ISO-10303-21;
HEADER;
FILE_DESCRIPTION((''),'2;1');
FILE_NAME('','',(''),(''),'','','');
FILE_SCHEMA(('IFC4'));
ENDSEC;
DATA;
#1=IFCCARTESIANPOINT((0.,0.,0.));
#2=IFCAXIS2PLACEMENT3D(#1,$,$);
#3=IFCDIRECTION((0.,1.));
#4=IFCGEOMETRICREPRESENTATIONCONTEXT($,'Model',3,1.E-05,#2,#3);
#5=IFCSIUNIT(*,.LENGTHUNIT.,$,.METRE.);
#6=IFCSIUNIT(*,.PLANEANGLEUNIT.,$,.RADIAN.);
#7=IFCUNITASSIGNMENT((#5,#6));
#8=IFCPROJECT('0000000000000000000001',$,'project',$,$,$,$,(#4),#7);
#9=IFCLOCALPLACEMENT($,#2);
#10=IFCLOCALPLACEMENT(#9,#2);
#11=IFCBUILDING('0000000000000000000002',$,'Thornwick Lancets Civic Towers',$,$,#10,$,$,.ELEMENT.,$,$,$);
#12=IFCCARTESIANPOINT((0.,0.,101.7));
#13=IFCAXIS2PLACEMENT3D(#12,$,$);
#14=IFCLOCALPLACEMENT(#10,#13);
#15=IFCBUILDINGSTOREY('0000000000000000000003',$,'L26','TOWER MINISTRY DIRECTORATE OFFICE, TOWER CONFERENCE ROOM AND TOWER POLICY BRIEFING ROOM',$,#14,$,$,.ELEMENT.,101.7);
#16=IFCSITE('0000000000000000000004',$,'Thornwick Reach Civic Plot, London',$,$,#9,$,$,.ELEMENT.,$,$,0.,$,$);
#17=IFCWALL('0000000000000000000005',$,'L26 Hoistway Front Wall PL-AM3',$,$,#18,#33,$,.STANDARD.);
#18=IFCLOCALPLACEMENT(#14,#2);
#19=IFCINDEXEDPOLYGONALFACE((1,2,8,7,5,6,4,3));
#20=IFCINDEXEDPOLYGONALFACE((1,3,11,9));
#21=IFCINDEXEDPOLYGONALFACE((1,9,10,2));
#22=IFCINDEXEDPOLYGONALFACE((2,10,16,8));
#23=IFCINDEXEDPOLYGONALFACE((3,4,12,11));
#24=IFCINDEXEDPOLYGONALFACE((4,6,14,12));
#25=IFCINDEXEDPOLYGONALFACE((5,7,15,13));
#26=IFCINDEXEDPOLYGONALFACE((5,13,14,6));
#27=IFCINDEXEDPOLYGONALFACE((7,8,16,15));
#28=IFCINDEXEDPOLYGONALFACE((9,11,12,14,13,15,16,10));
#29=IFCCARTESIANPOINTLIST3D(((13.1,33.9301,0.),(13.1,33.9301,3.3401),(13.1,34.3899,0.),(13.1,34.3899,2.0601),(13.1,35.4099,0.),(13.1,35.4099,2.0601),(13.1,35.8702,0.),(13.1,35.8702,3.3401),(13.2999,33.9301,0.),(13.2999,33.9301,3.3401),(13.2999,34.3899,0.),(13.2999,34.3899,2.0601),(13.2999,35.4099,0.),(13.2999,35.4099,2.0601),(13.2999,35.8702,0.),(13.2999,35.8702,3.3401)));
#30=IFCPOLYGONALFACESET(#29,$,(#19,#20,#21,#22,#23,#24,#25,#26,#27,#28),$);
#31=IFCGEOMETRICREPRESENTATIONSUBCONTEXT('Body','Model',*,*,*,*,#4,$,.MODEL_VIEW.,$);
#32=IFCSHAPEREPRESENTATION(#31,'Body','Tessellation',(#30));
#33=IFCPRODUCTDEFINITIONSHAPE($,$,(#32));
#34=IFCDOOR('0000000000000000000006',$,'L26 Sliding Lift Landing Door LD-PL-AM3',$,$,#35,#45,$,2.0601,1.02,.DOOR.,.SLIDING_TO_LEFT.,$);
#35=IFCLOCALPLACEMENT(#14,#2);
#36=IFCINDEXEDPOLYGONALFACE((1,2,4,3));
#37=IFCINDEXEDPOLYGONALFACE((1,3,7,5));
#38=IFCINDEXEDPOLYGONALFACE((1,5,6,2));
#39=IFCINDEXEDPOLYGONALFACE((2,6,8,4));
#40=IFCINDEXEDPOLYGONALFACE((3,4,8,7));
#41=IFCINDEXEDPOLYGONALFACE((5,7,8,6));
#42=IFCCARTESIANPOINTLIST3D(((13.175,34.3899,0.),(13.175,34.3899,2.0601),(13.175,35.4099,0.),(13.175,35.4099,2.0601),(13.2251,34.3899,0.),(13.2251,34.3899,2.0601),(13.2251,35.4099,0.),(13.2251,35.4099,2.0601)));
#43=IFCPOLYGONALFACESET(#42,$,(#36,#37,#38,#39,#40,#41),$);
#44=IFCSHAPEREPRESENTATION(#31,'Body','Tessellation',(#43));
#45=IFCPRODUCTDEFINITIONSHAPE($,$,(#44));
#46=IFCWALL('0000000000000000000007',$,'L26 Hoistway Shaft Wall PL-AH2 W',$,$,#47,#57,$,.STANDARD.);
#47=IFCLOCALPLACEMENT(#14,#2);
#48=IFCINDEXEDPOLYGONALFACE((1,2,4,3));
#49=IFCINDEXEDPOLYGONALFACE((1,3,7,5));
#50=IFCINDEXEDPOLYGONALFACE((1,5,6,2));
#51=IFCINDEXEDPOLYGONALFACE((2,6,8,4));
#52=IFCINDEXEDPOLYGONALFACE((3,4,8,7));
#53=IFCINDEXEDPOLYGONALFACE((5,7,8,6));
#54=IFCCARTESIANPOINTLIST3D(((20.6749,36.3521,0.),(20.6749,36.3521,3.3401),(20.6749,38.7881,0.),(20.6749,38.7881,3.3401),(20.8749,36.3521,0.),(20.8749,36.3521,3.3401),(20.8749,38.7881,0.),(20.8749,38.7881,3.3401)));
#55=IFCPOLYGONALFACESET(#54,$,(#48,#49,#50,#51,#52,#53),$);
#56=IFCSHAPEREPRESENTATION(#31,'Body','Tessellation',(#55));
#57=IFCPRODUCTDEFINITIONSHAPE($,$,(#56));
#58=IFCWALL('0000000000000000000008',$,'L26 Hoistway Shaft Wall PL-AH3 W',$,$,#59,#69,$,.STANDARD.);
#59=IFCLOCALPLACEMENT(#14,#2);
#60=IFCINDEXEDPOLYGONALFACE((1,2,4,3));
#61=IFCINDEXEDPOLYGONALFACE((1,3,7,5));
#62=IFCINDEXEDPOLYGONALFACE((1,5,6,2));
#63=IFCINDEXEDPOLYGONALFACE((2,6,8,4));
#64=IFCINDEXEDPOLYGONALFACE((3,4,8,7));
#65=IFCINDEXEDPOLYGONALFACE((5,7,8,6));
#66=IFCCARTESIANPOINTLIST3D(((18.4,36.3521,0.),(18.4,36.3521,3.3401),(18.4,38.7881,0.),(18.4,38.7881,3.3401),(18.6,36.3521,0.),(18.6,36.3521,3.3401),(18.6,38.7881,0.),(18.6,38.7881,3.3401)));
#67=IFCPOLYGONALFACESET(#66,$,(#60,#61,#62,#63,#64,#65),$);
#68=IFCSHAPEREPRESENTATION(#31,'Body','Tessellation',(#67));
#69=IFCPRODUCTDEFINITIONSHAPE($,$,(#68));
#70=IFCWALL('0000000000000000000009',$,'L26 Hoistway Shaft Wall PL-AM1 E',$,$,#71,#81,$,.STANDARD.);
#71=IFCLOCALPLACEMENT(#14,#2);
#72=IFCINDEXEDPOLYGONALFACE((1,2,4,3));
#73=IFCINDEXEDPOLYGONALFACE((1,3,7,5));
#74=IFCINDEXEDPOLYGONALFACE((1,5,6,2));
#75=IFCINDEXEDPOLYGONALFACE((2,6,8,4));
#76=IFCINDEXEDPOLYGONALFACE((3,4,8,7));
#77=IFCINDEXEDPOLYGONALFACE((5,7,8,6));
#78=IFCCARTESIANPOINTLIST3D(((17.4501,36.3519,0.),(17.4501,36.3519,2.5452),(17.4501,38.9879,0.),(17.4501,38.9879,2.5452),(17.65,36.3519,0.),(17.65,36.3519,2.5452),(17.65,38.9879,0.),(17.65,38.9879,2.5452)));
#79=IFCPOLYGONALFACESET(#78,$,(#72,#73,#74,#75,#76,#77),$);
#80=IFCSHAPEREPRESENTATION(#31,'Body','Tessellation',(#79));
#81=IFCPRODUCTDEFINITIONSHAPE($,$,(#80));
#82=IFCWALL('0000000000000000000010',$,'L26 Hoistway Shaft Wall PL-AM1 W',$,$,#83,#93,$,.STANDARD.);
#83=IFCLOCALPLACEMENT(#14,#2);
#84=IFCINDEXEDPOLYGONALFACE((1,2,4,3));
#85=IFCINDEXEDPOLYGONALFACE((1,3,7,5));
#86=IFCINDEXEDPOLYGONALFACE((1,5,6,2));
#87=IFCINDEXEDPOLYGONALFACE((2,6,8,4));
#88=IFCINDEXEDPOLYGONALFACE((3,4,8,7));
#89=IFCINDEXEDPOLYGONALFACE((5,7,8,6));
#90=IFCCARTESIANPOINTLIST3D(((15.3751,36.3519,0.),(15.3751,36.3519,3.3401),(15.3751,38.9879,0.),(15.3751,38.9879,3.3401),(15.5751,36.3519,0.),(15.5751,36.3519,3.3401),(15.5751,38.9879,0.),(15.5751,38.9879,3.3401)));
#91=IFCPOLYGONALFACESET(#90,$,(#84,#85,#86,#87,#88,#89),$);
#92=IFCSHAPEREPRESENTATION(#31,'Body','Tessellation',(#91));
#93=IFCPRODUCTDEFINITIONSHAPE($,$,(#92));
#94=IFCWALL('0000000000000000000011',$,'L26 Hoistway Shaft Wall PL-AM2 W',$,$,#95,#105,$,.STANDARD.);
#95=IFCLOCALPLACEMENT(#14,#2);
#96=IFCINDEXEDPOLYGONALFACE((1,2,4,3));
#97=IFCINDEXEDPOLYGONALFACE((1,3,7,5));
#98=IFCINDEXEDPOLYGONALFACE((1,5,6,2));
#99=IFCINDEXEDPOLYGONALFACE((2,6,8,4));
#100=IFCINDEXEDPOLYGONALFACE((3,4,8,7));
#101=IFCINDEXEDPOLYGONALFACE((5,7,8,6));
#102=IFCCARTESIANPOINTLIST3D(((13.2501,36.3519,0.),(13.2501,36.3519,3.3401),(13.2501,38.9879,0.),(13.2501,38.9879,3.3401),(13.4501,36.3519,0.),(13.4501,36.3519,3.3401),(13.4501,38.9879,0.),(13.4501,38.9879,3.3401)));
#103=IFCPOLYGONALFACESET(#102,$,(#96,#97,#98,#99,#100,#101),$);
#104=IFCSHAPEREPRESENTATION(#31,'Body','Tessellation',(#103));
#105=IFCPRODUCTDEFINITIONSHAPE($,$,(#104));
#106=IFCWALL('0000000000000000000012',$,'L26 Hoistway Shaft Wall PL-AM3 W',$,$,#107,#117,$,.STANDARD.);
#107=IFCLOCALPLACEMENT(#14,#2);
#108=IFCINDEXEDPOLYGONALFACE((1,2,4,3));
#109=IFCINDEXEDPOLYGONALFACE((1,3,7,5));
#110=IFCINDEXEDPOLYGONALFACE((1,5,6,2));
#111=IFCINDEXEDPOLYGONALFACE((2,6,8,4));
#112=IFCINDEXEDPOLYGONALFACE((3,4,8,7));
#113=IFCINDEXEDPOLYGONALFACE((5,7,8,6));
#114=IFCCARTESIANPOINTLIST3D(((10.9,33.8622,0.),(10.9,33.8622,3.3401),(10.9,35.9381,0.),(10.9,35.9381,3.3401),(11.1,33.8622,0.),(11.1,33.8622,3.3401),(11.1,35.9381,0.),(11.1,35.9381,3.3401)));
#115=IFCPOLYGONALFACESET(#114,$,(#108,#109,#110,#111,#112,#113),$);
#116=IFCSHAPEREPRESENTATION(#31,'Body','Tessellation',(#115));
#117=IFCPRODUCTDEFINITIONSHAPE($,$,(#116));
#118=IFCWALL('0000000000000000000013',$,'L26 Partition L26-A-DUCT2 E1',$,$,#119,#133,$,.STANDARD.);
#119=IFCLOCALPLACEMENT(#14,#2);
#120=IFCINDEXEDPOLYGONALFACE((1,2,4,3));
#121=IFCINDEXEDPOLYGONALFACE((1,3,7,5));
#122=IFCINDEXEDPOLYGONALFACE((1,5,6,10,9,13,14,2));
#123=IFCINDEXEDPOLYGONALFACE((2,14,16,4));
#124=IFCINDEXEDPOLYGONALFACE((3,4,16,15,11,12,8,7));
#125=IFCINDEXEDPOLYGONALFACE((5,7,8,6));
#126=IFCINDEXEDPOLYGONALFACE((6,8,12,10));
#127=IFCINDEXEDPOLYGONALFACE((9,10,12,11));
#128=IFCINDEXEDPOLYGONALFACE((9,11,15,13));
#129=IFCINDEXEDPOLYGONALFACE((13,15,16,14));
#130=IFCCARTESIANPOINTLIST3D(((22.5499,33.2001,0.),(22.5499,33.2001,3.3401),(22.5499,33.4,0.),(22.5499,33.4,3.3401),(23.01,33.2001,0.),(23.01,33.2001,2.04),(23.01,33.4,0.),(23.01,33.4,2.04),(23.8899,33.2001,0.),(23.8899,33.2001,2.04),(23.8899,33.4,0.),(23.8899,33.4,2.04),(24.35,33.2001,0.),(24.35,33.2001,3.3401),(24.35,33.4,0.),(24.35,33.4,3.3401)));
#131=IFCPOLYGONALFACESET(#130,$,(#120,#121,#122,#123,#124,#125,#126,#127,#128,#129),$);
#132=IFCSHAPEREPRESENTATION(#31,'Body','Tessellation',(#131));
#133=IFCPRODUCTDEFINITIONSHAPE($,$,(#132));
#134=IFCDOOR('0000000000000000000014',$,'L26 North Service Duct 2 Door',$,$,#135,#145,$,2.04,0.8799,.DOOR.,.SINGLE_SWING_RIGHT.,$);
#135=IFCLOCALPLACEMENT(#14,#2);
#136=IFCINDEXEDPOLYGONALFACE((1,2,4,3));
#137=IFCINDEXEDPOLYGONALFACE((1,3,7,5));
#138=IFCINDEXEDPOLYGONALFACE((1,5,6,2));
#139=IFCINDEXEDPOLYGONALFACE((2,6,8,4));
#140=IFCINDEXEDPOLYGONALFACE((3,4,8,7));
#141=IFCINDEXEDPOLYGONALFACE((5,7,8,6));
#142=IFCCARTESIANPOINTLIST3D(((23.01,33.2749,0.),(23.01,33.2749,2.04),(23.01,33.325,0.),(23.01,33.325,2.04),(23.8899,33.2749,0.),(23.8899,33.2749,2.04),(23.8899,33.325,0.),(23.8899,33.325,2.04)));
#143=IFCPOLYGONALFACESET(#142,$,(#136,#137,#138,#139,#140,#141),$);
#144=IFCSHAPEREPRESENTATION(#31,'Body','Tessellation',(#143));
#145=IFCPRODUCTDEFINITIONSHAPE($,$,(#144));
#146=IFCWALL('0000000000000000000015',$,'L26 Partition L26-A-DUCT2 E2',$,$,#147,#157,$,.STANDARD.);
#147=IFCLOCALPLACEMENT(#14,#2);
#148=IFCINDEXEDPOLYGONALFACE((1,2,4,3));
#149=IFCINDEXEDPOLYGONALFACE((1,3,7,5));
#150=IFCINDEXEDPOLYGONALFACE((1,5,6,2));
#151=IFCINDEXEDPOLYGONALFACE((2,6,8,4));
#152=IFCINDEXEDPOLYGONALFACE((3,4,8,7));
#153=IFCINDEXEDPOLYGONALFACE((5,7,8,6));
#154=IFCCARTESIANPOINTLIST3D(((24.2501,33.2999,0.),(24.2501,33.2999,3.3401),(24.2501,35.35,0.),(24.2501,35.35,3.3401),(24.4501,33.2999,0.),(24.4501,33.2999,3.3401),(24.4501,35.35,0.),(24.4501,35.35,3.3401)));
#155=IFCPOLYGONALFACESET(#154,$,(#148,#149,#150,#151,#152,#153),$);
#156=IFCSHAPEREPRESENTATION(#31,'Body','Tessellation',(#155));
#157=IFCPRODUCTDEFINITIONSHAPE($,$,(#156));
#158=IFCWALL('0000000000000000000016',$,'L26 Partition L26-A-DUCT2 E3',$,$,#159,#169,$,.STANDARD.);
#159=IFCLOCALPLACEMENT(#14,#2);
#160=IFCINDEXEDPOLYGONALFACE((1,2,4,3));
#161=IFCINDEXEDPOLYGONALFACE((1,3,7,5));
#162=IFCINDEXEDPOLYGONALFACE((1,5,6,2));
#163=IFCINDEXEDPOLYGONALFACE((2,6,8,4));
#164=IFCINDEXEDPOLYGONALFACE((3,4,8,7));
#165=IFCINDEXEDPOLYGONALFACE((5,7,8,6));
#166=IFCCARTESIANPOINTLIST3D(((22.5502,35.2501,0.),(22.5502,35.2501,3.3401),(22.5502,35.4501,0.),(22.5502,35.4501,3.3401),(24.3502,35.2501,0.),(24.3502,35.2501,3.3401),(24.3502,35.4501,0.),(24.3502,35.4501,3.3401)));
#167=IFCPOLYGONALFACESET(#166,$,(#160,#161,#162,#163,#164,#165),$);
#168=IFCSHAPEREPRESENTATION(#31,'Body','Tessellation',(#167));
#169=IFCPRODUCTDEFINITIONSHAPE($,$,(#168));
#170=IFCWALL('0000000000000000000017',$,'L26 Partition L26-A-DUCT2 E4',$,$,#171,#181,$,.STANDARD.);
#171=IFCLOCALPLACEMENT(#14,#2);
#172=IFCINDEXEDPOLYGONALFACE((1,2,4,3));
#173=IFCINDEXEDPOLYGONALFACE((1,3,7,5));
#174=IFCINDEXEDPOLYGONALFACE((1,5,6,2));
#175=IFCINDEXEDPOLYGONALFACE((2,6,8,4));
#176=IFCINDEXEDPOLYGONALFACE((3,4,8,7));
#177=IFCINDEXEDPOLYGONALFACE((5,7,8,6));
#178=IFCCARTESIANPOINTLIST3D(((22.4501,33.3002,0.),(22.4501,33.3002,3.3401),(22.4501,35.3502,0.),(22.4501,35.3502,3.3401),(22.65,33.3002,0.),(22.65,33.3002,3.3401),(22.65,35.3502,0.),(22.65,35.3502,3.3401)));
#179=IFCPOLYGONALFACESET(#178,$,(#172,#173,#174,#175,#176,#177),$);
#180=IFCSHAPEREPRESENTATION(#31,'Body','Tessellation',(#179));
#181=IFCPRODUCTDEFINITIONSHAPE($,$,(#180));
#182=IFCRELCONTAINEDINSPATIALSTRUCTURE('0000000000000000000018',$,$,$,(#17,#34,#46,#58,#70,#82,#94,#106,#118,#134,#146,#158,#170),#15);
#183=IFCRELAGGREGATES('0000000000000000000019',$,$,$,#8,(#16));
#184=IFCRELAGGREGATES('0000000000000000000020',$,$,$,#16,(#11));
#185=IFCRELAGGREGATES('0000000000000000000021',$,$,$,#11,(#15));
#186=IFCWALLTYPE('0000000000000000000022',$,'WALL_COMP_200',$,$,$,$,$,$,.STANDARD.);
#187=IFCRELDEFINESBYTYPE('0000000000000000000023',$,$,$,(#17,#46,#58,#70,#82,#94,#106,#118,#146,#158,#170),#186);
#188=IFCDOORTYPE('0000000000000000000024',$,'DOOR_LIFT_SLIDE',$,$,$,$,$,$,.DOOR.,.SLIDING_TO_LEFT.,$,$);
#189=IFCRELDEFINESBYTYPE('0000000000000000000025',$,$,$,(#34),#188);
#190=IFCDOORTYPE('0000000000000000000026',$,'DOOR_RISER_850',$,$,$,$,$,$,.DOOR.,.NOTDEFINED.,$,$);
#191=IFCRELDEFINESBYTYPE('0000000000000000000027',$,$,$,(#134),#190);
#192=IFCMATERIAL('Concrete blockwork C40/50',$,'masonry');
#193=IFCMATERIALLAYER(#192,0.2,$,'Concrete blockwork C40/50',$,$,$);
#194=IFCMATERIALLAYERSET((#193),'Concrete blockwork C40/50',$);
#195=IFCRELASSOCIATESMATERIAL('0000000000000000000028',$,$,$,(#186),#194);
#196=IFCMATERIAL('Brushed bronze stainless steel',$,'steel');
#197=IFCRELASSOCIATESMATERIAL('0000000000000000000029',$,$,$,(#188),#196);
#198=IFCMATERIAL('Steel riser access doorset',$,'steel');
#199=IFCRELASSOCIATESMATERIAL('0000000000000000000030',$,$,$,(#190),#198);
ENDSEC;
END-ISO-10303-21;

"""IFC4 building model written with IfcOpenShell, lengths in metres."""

from ifc_helpers import new_model, si_unit, direction, frame, frame_2d, origin, place, context, subcontext, project, spatial, rectangle, extrude, material, layer, layer_set, type_object, element, fill, save


model = new_model("IFC4")

# Units and contexts
model_context = context("Model", 3, precision=1e-05, world=origin(), true_north=direction((0.0, 1.0)))
body_context = subcontext(model_context, "Body", "Model", "MODEL_VIEW")
ifc_project = project(units=[si_unit("LENGTHUNIT", "METRE"), si_unit("PLANEANGLEUNIT", "RADIAN")], contexts=[model_context])

# Site, building, storey
site_placement = place(None, origin())
site = spatial("IfcSite", under=ifc_project, at=site_placement, Name="Thornwick Reach Civic Plot, London", CompositionType="ELEMENT", RefElevation=0.0)
building_placement = place(site_placement, origin())
building = spatial("IfcBuilding", under=site, at=building_placement, Name="Thornwick Lancets Civic Towers", CompositionType="ELEMENT")
storey_placement = place(building_placement, frame((0.0, 0.0, 101.7)))
storey = spatial("IfcBuildingStorey", under=building, at=storey_placement, Name="L26", Description="TOWER MINISTRY DIRECTORATE OFFICE, TOWER CONFERENCE ROOM AND TOWER POLICY BRIEFING ROOM", CompositionType="ELEMENT", Elevation=101.7)

# Wall, opening, door
ifc_material_1 = material(Name="Concrete blockwork C40/50", Category="masonry")
ifc_layer_1 = layer(ifc_material_1, 0.2, Name="Concrete blockwork C40/50")
ifc_layer_set_1 = layer_set([ifc_layer_1], Name="Concrete blockwork C40/50")
wall_type_1 = type_object("IfcWallType", Name="WALL_COMP_200", PredefinedType="STANDARD", material=ifc_layer_set_1)
wall_1_placement = place(storey_placement, frame((13.2, 33.9299, 0.0), z_axis=(0.0, 0.0, 1.0), x_axis=(0.0, 1.0, 0.0)))
wall_1 = element("IfcWall", 1, at=wall_1_placement, inside=storey, type_object=wall_type_1, Name="L26 Hoistway Front Wall PL-AM3", PredefinedType="STANDARD", context=body_context, shape_type="SweptSolid", body=[
    extrude(rectangle(XDim=1.9402, YDim=0.2, at=frame_2d((0.9702, 0.0))), origin(), (0.0, 0.0, 1.0), 3.3401),
])
opening_1_placement = place(wall_1_placement, frame((0.46, 0.0, 0.0)))
opening_1 = element("IfcOpeningElement", 2, at=opening_1_placement, cuts=wall_1, PredefinedType="OPENING", context=body_context, shape_type="SweptSolid", body=[
    extrude(rectangle(XDim=1.02, YDim=2.0601, at=frame_2d((0.51, 1.03))), frame((0.0, 0.1099, 0.0), z_axis=(0.0, -1.0, 0.0), x_axis=(1.0, 0.0, 0.0)), (0.0, 0.0, 1.0), 0.22),
])
ifc_material_2 = material(Name="Brushed bronze stainless steel", Category="steel")
door_type_1 = type_object("IfcDoorType", Name="DOOR_LIFT_SLIDE", OperationType="SLIDING_TO_LEFT", PredefinedType="DOOR", material=ifc_material_2)
door_1_placement = place(opening_1_placement, origin())
door_1 = element("IfcDoor", 3, at=door_1_placement, inside=storey, type_object=door_type_1, Name="L26 Sliding Lift Landing Door LD-PL-AM3", OperationType="SLIDING_TO_LEFT", OverallHeight=2.0601, OverallWidth=1.02, PredefinedType="DOOR", context=body_context, shape_type="SweptSolid", body=[
    extrude(rectangle(XDim=1.02, YDim=2.0601, at=frame_2d((0.51, 1.03))), frame((0.0, 0.0249, 0.0), z_axis=(0.0, -1.0, 0.0), x_axis=(1.0, 0.0, 0.0)), (0.0, 0.0, 1.0), 0.05),
])
fill(opening_1, door_1)

# Walls
for number, where, z_axis, x_axis, name in (
    (4, (20.7749, 36.3521, 0.0), (0.0, 0.0, 1.0), (0.0, 1.0, 0.0), "L26 Hoistway Shaft Wall PL-AH2 W"),
    (5, (18.5, 36.3521, 0.0), (0.0, 0.0, 1.0), (0.0, 1.0, 0.0), "L26 Hoistway Shaft Wall PL-AH3 W"),
):
    element("IfcWall", number, at=place(storey_placement, frame(where, z_axis=z_axis, x_axis=x_axis)), inside=storey, type_object=wall_type_1, Name=name, PredefinedType="STANDARD", context=body_context, shape_type="SweptSolid", body=[
        extrude(rectangle(XDim=2.436, YDim=0.2, at=frame_2d((1.218, 0.0))), origin(), (0.0, 0.0, 1.0), 3.3401),
    ])
wall_2_placement = place(storey_placement, frame((17.55, 36.3521, 0.0), z_axis=(0.0, 0.0, 1.0), x_axis=(0.0, 1.0, 0.0)))
element("IfcWall", 6, at=wall_2_placement, inside=storey, type_object=wall_type_1, Name="L26 Hoistway Shaft Wall PL-AM1 E", PredefinedType="STANDARD", context=body_context, shape_type="SweptSolid", body=[
    extrude(rectangle(XDim=2.636, YDim=0.2, at=frame_2d((1.3179, 0.0))), origin(), (0.0, 0.0, 1.0), 2.5452),
])
for number, where, z_axis, x_axis, name in (
    (7, (15.4751, 36.3521, 0.0), (0.0, 0.0, 1.0), (0.0, 1.0, 0.0), "L26 Hoistway Shaft Wall PL-AM1 W"),
    (8, (13.3501, 36.3521, 0.0), (0.0, 0.0, 1.0), (0.0, 1.0, 0.0), "L26 Hoistway Shaft Wall PL-AM2 W"),
):
    element("IfcWall", number, at=place(storey_placement, frame(where, z_axis=z_axis, x_axis=x_axis)), inside=storey, type_object=wall_type_1, Name=name, PredefinedType="STANDARD", context=body_context, shape_type="SweptSolid", body=[
        extrude(rectangle(XDim=2.636, YDim=0.2, at=frame_2d((1.3179, 0.0))), origin(), (0.0, 0.0, 1.0), 3.3401),
    ])
wall_3_placement = place(storey_placement, frame((11.0, 33.8621, 0.0), z_axis=(0.0, 0.0, 1.0), x_axis=(0.0, 1.0, 0.0)))
element("IfcWall", 9, at=wall_3_placement, inside=storey, type_object=wall_type_1, Name="L26 Hoistway Shaft Wall PL-AM3 W", PredefinedType="STANDARD", context=body_context, shape_type="SweptSolid", body=[
    extrude(rectangle(XDim=2.0759, YDim=0.2, at=frame_2d((1.0381, 0.0))), origin(), (0.0, 0.0, 1.0), 3.3401),
])

# Wall, opening, door
wall_4_placement = place(storey_placement, frame((22.55, 33.3, 0.0), z_axis=(0.0, 0.0, 1.0), x_axis=(1.0, 0.0, 0.0)))
wall_4 = element("IfcWall", 10, at=wall_4_placement, inside=storey, type_object=wall_type_1, Name="L26 Partition L26-A-DUCT2 E1", PredefinedType="STANDARD", context=body_context, shape_type="SweptSolid", body=[
    extrude(rectangle(XDim=1.8, YDim=0.2, at=frame_2d((0.8999, 0.0))), origin(), (0.0, 0.0, 1.0), 3.3401),
])
opening_2_placement = place(wall_4_placement, frame((0.46, 0.0, 0.0)))
opening_2 = element("IfcOpeningElement", 11, at=opening_2_placement, cuts=wall_4, PredefinedType="OPENING", context=body_context, shape_type="SweptSolid", body=[
    extrude(rectangle(XDim=0.8799, YDim=2.04, at=frame_2d((0.4399, 1.02))), frame((0.0, 0.1099, 0.0), z_axis=(0.0, -1.0, 0.0), x_axis=(1.0, 0.0, 0.0)), (0.0, 0.0, 1.0), 0.22),
])
ifc_material_3 = material(Name="Steel riser access doorset", Category="steel")
door_type_2 = type_object("IfcDoorType", Name="DOOR_RISER_850", OperationType="NOTDEFINED", PredefinedType="DOOR", material=ifc_material_3)
door_2_placement = place(opening_2_placement, origin())
door_2 = element("IfcDoor", 12, at=door_2_placement, inside=storey, type_object=door_type_2, Name="L26 North Service Duct 2 Door", OperationType="SINGLE_SWING_RIGHT", OverallHeight=2.04, OverallWidth=0.8799, PredefinedType="DOOR", context=body_context, shape_type="SweptSolid", body=[
    extrude(rectangle(XDim=0.8799, YDim=2.04, at=frame_2d((0.4399, 1.02))), frame((0.0, 0.0249, 0.0), z_axis=(0.0, -1.0, 0.0), x_axis=(1.0, 0.0, 0.0)), (0.0, 0.0, 1.0), 0.05),
])
fill(opening_2, door_2)

# Walls
wall_5_placement = place(storey_placement, frame((24.3501, 33.3, 0.0), z_axis=(0.0, 0.0, 1.0), x_axis=(0.0, 1.0, 0.0)))
element("IfcWall", 13, at=wall_5_placement, inside=storey, type_object=wall_type_1, Name="L26 Partition L26-A-DUCT2 E2", PredefinedType="STANDARD", context=body_context, shape_type="SweptSolid", body=[
    extrude(rectangle(XDim=2.05, YDim=0.2, at=frame_2d((1.0249, 0.0))), origin(), (0.0, 0.0, 1.0), 3.3401),
])
wall_6_placement = place(storey_placement, frame((24.3501, 35.3501, 0.0), z_axis=(0.0, 0.0, 1.0), x_axis=(-1.0, 0.0, 0.0)))
element("IfcWall", 14, at=wall_6_placement, inside=storey, type_object=wall_type_1, Name="L26 Partition L26-A-DUCT2 E3", PredefinedType="STANDARD", context=body_context, shape_type="SweptSolid", body=[
    extrude(rectangle(XDim=1.8, YDim=0.2, at=frame_2d((0.8999, 0.0))), origin(), (0.0, 0.0, 1.0), 3.3401),
])
wall_7_placement = place(storey_placement, frame((22.55, 35.3501, 0.0), z_axis=(0.0, 0.0, 1.0), x_axis=(0.0, -1.0, 0.0)))
element("IfcWall", 15, at=wall_7_placement, inside=storey, type_object=wall_type_1, Name="L26 Partition L26-A-DUCT2 E4", PredefinedType="STANDARD", context=body_context, shape_type="SweptSolid", body=[
    extrude(rectangle(XDim=2.05, YDim=0.2, at=frame_2d((1.0249, 0.0))), origin(), (0.0, 0.0, 1.0), 3.3401),
])

save(model, "model.ifc")
